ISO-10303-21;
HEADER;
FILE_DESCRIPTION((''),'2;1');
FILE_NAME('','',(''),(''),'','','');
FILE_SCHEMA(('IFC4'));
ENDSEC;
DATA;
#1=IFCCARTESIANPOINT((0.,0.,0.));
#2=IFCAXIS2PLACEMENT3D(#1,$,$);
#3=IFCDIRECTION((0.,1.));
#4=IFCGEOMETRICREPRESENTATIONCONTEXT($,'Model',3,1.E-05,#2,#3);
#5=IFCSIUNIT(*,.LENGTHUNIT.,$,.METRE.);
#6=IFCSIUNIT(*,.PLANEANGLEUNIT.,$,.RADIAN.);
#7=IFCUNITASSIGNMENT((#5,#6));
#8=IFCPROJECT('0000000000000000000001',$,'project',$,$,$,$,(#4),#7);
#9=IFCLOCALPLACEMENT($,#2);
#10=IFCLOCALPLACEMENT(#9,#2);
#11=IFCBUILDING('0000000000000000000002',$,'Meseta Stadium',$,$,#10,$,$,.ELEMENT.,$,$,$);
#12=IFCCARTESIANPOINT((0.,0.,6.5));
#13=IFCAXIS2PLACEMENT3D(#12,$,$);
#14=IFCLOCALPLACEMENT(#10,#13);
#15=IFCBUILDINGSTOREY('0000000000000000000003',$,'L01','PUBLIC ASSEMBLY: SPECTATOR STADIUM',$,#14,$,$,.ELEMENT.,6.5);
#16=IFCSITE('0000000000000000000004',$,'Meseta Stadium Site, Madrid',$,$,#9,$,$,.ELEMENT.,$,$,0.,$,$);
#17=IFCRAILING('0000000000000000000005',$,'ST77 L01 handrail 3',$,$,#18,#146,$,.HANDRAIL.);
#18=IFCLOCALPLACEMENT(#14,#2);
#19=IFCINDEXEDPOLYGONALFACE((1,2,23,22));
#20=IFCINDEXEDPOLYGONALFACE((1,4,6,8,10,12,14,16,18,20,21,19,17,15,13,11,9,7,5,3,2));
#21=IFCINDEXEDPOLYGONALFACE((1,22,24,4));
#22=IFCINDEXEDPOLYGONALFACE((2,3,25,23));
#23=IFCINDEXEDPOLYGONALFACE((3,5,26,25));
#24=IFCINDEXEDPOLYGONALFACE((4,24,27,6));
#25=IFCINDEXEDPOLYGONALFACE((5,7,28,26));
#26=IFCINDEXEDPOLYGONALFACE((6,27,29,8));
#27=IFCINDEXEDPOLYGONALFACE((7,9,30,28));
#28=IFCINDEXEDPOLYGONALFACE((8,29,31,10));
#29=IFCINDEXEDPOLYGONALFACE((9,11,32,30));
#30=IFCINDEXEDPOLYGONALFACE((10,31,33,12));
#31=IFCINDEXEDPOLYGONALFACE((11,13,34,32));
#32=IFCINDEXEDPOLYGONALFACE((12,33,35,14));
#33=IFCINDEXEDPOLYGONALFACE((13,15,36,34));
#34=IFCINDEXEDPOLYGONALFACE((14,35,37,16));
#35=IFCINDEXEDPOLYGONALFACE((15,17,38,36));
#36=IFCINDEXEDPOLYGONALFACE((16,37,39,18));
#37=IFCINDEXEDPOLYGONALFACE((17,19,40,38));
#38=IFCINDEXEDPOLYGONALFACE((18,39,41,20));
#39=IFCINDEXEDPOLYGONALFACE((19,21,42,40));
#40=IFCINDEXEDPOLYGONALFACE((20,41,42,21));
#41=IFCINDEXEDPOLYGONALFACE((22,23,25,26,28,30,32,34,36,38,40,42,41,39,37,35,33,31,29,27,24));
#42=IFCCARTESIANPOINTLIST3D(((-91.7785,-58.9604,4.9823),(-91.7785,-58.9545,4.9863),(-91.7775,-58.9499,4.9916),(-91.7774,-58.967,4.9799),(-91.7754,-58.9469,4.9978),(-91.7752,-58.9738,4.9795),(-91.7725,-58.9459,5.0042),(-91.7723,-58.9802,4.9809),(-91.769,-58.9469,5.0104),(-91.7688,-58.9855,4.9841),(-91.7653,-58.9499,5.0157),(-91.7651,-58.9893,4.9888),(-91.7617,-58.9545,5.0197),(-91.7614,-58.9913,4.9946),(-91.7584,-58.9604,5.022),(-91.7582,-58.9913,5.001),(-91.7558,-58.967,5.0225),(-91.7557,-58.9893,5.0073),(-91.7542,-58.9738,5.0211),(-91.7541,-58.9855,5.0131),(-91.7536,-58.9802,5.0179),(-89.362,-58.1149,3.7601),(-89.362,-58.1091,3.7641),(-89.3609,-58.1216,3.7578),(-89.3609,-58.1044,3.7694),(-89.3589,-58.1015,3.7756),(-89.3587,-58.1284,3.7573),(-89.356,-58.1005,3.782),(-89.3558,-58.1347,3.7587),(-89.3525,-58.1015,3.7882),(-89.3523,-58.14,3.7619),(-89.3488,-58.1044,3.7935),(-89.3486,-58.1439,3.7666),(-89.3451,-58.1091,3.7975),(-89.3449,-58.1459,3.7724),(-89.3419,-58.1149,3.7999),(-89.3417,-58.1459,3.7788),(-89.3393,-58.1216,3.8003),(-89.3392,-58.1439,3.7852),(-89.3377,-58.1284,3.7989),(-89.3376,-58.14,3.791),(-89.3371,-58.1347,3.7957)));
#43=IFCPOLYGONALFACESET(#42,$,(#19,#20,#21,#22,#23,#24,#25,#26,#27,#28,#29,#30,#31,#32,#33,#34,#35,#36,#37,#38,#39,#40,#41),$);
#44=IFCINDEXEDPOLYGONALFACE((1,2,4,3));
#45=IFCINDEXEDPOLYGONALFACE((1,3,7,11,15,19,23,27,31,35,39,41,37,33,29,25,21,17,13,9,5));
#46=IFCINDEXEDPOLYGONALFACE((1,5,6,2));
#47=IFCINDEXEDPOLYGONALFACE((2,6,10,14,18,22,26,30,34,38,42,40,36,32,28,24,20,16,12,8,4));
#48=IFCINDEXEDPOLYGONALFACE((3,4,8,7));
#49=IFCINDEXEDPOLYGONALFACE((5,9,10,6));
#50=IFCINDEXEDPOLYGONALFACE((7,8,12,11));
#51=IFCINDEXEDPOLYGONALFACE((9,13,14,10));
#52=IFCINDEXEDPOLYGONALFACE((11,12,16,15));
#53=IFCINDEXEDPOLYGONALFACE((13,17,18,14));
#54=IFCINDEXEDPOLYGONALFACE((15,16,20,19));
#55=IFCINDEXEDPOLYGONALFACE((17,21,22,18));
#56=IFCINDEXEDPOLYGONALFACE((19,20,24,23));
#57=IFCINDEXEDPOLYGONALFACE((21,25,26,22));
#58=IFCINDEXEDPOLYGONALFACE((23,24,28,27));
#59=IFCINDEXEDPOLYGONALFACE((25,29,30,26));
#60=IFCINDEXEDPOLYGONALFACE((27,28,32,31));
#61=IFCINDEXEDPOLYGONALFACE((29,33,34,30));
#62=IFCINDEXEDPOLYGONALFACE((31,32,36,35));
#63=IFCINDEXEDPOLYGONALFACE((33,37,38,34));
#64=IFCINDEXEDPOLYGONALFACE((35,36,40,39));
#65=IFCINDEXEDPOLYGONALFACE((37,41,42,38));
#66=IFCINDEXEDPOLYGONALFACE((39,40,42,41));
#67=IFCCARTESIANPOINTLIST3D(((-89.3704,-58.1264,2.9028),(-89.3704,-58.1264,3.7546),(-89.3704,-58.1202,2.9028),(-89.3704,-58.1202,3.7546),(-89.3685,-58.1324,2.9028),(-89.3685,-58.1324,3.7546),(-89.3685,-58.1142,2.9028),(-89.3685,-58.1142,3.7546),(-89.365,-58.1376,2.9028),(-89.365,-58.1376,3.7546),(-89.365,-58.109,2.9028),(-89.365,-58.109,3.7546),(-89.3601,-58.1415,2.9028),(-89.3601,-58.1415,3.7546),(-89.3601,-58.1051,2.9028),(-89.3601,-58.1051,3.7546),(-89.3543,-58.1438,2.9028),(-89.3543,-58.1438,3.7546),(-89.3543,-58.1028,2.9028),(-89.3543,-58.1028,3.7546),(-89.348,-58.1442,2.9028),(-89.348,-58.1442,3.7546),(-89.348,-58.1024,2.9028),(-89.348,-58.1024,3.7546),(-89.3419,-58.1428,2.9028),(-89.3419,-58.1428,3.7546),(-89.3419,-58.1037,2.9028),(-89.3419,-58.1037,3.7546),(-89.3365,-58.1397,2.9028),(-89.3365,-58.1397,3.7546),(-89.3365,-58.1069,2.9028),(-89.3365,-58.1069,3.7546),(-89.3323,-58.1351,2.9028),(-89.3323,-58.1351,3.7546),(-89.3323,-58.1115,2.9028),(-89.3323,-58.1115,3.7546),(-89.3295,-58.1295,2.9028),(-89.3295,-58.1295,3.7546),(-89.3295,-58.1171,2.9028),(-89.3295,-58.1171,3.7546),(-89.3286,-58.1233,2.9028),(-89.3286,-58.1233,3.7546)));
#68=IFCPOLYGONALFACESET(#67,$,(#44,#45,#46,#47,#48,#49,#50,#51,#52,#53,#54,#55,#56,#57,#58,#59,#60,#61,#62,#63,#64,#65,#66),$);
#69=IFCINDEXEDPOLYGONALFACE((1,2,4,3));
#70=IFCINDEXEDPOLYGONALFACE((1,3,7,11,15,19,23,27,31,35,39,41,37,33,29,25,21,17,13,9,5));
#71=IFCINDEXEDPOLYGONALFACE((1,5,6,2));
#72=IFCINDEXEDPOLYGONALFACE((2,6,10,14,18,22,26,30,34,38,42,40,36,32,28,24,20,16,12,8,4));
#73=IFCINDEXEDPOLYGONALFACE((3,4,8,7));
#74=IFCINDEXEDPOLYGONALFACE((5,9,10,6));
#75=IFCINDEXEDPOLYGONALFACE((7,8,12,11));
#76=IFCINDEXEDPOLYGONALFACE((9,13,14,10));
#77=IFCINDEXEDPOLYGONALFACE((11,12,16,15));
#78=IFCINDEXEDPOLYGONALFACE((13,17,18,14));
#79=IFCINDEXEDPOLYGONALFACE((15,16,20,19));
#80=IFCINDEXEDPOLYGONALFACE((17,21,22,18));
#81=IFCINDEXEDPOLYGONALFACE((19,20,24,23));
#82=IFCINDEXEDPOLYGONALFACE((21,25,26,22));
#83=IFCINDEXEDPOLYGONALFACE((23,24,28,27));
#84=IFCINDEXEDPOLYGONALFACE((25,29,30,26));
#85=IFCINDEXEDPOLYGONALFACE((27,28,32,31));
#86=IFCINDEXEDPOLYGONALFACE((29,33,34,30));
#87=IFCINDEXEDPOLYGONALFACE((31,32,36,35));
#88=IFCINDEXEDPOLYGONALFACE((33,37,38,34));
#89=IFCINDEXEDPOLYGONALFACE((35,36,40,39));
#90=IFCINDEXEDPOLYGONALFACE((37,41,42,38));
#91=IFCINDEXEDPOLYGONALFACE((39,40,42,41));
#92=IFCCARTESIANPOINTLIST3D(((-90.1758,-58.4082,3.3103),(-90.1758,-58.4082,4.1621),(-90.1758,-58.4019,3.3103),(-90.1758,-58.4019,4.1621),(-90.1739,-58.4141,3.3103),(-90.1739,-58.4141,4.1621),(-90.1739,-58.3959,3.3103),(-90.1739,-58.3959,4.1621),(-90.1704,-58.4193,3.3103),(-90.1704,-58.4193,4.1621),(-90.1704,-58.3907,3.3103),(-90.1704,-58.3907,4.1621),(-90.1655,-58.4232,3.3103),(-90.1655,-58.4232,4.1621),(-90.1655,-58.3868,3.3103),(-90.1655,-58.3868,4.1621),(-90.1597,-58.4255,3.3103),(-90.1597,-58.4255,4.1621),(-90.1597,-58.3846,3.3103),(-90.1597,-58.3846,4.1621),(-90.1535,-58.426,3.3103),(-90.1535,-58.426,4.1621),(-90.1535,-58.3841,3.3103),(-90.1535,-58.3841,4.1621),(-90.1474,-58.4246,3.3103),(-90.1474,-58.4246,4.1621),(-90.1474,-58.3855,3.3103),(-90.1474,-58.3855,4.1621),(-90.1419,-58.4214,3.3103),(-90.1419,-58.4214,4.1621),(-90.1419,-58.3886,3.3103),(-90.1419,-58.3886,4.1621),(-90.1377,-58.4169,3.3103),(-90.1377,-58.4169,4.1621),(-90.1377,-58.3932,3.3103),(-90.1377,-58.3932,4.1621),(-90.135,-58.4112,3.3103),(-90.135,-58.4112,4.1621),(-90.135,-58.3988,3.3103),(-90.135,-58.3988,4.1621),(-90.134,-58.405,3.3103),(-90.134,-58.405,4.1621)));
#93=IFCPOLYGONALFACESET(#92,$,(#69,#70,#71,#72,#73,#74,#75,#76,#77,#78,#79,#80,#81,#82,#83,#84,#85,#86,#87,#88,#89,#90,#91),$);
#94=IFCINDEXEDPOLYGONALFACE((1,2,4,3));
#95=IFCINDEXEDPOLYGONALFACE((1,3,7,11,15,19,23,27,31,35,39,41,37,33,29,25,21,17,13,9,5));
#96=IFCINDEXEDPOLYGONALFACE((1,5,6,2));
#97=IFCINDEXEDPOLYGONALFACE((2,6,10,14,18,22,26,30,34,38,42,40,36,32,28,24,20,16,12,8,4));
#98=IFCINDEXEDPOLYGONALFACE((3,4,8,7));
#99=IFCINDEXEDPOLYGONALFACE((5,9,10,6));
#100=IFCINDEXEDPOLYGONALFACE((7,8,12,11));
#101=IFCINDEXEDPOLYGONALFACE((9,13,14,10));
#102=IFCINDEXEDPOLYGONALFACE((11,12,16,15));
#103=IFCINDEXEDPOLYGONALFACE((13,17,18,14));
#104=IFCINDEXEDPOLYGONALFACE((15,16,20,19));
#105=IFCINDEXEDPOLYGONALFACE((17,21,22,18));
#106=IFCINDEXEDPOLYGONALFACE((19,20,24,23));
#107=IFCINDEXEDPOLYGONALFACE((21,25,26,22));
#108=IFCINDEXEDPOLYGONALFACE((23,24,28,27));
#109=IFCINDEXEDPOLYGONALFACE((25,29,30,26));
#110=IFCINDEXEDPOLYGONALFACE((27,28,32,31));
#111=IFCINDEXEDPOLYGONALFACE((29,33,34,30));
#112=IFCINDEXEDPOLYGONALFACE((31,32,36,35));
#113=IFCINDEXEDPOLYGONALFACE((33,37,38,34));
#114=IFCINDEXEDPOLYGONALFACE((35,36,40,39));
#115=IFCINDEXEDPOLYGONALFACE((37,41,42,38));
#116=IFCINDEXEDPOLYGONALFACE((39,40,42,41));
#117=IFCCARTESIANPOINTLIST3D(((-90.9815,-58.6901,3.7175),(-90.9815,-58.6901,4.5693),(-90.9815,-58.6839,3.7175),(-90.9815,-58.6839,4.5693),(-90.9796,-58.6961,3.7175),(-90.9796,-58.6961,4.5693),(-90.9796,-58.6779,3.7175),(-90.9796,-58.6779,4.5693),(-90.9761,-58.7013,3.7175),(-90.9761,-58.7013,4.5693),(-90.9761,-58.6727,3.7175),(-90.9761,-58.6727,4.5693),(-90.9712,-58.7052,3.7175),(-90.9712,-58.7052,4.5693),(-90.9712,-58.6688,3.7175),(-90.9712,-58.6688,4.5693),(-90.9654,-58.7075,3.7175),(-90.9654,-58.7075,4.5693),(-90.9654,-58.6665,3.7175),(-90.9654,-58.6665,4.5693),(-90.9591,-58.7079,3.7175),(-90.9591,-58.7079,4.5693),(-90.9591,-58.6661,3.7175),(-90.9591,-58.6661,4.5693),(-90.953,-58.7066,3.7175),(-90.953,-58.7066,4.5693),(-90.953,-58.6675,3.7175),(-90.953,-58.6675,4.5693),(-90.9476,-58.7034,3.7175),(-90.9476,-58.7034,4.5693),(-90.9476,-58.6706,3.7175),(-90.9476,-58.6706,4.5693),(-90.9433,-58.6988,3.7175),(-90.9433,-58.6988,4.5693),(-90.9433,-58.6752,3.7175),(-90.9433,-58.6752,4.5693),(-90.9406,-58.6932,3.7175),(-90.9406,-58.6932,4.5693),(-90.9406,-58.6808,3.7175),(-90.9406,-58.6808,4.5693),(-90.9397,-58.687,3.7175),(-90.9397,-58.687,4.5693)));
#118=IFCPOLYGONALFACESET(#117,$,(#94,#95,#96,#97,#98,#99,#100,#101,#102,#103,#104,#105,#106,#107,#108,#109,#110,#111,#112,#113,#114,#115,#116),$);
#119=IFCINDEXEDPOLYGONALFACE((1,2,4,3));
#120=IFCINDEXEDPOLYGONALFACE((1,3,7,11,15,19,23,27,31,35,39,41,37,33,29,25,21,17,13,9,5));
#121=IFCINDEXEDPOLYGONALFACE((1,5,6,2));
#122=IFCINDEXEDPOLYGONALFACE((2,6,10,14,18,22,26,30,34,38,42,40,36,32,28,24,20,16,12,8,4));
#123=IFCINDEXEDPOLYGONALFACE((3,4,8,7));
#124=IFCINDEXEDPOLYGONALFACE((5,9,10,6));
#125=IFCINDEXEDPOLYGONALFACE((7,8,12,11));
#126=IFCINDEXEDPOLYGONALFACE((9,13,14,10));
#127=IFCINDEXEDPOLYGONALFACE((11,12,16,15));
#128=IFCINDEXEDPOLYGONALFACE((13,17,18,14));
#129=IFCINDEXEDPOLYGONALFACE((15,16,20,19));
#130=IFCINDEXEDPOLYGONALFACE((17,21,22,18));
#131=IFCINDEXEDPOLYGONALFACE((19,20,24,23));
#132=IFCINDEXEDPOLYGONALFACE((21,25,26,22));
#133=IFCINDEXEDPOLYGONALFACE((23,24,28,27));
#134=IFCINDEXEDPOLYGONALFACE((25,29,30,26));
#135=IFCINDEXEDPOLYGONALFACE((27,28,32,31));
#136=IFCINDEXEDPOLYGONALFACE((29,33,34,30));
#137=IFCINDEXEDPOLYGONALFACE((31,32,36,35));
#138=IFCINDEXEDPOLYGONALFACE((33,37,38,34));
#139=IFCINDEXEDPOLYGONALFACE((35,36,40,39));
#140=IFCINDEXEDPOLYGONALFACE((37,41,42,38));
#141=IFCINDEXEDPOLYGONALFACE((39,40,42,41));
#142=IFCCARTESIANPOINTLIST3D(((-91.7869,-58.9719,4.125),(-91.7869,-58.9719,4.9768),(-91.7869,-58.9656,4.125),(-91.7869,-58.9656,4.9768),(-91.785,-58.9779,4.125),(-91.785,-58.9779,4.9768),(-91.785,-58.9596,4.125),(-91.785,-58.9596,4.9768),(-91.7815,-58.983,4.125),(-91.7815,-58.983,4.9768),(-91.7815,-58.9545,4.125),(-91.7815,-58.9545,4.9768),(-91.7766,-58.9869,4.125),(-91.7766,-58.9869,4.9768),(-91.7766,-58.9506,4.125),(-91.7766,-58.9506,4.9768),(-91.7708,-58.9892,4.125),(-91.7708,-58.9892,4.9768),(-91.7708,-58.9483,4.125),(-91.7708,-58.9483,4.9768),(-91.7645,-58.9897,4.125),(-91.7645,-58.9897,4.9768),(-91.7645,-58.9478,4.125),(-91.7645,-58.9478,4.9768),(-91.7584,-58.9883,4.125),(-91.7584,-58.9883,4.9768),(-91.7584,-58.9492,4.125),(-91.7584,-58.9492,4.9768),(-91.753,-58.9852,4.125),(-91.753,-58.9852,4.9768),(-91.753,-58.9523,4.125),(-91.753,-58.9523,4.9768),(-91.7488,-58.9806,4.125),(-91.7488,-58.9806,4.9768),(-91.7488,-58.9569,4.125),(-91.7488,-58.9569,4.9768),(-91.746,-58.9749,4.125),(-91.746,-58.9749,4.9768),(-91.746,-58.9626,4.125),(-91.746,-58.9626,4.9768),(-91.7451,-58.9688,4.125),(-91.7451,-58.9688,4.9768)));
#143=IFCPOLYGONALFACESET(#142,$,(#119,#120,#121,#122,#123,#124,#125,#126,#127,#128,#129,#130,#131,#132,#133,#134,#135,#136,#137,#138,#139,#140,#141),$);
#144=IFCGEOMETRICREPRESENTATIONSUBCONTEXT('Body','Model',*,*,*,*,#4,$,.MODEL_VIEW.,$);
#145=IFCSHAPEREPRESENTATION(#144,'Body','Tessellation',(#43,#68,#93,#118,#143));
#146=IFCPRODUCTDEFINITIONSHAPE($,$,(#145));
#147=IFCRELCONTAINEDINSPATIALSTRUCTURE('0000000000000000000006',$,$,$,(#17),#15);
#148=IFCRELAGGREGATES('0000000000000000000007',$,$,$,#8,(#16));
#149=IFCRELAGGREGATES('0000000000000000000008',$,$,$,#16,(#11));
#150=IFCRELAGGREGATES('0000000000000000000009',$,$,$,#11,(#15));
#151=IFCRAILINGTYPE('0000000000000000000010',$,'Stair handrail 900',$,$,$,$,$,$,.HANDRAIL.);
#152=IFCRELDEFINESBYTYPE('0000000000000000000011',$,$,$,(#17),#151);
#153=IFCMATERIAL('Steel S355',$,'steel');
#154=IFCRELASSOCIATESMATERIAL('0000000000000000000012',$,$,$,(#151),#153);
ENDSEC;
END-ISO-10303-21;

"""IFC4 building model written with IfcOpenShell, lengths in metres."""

from ifc_helpers import new_model, si_unit, direction, frame, origin, origin_2d, place, context, subcontext, project, spatial, circle, extrude, material, type_object, element, save


model = new_model("IFC4")

# Units and contexts
model_context = context("Model", 3, precision=1e-05, world=origin(), true_north=direction((0.0, 1.0)))
body_context = subcontext(model_context, "Body", "Model", "MODEL_VIEW")
ifc_project = project(units=[si_unit("LENGTHUNIT", "METRE"), si_unit("PLANEANGLEUNIT", "RADIAN")], contexts=[model_context])

# Site, building, storey
site_placement = place(None, origin())
site = spatial("IfcSite", under=ifc_project, at=site_placement, Name="Meseta Stadium Site, Madrid", CompositionType="ELEMENT", RefElevation=0.0)
building_placement = place(site_placement, origin())
building = spatial("IfcBuilding", under=site, at=building_placement, Name="Meseta Stadium", CompositionType="ELEMENT")
storey_placement = place(building_placement, frame((0.0, 0.0, 6.5)))
storey = spatial("IfcBuildingStorey", under=building, at=storey_placement, Name="L01", Description="PUBLIC ASSEMBLY: SPECTATOR STADIUM", CompositionType="ELEMENT", Elevation=6.5)

# Railing
ifc_material_1 = material(Name="Steel S355", Category="steel")
railing_type_1 = type_object("IfcRailingType", Name="Stair handrail 900", PredefinedType="HANDRAIL", material=ifc_material_1)
railing_1_placement = place(storey_placement, frame((-89.3496, -58.1233, 2.9028)))
element("IfcRailing", 1, at=railing_1_placement, inside=storey, type_object=railing_type_1, Name="ST77 L01 handrail 3", PredefinedType="HANDRAIL", context=body_context, shape_type="SweptSolid", body=[
    extrude(circle(Radius=0.0239, at=origin_2d()), frame((0.0, 0.0, 0.876), z_axis=(-0.851812, -0.298022, 0.430811), x_axis=(0.33024, -0.943897, 0.0)), (0.0, 0.0, 1.0), 2.8369),
    extrude(circle(Radius=0.021, at=origin_2d()), origin(), (0.0, 0.0, 1.0), 0.8518),
    extrude(circle(Radius=0.021, at=origin_2d()), frame((-0.8054, -0.2817, 0.4075)), (0.0, 0.0, 1.0), 0.8518),
    extrude(circle(Radius=0.021, at=origin_2d()), frame((-1.6111, -0.5637, 0.8147)), (0.0, 0.0, 1.0), 0.8518),
    extrude(circle(Radius=0.021, at=origin_2d()), frame((-2.4165, -0.8455, 1.2222)), (0.0, 0.0, 1.0), 0.8518),
])

save(model, "model.ifc")
